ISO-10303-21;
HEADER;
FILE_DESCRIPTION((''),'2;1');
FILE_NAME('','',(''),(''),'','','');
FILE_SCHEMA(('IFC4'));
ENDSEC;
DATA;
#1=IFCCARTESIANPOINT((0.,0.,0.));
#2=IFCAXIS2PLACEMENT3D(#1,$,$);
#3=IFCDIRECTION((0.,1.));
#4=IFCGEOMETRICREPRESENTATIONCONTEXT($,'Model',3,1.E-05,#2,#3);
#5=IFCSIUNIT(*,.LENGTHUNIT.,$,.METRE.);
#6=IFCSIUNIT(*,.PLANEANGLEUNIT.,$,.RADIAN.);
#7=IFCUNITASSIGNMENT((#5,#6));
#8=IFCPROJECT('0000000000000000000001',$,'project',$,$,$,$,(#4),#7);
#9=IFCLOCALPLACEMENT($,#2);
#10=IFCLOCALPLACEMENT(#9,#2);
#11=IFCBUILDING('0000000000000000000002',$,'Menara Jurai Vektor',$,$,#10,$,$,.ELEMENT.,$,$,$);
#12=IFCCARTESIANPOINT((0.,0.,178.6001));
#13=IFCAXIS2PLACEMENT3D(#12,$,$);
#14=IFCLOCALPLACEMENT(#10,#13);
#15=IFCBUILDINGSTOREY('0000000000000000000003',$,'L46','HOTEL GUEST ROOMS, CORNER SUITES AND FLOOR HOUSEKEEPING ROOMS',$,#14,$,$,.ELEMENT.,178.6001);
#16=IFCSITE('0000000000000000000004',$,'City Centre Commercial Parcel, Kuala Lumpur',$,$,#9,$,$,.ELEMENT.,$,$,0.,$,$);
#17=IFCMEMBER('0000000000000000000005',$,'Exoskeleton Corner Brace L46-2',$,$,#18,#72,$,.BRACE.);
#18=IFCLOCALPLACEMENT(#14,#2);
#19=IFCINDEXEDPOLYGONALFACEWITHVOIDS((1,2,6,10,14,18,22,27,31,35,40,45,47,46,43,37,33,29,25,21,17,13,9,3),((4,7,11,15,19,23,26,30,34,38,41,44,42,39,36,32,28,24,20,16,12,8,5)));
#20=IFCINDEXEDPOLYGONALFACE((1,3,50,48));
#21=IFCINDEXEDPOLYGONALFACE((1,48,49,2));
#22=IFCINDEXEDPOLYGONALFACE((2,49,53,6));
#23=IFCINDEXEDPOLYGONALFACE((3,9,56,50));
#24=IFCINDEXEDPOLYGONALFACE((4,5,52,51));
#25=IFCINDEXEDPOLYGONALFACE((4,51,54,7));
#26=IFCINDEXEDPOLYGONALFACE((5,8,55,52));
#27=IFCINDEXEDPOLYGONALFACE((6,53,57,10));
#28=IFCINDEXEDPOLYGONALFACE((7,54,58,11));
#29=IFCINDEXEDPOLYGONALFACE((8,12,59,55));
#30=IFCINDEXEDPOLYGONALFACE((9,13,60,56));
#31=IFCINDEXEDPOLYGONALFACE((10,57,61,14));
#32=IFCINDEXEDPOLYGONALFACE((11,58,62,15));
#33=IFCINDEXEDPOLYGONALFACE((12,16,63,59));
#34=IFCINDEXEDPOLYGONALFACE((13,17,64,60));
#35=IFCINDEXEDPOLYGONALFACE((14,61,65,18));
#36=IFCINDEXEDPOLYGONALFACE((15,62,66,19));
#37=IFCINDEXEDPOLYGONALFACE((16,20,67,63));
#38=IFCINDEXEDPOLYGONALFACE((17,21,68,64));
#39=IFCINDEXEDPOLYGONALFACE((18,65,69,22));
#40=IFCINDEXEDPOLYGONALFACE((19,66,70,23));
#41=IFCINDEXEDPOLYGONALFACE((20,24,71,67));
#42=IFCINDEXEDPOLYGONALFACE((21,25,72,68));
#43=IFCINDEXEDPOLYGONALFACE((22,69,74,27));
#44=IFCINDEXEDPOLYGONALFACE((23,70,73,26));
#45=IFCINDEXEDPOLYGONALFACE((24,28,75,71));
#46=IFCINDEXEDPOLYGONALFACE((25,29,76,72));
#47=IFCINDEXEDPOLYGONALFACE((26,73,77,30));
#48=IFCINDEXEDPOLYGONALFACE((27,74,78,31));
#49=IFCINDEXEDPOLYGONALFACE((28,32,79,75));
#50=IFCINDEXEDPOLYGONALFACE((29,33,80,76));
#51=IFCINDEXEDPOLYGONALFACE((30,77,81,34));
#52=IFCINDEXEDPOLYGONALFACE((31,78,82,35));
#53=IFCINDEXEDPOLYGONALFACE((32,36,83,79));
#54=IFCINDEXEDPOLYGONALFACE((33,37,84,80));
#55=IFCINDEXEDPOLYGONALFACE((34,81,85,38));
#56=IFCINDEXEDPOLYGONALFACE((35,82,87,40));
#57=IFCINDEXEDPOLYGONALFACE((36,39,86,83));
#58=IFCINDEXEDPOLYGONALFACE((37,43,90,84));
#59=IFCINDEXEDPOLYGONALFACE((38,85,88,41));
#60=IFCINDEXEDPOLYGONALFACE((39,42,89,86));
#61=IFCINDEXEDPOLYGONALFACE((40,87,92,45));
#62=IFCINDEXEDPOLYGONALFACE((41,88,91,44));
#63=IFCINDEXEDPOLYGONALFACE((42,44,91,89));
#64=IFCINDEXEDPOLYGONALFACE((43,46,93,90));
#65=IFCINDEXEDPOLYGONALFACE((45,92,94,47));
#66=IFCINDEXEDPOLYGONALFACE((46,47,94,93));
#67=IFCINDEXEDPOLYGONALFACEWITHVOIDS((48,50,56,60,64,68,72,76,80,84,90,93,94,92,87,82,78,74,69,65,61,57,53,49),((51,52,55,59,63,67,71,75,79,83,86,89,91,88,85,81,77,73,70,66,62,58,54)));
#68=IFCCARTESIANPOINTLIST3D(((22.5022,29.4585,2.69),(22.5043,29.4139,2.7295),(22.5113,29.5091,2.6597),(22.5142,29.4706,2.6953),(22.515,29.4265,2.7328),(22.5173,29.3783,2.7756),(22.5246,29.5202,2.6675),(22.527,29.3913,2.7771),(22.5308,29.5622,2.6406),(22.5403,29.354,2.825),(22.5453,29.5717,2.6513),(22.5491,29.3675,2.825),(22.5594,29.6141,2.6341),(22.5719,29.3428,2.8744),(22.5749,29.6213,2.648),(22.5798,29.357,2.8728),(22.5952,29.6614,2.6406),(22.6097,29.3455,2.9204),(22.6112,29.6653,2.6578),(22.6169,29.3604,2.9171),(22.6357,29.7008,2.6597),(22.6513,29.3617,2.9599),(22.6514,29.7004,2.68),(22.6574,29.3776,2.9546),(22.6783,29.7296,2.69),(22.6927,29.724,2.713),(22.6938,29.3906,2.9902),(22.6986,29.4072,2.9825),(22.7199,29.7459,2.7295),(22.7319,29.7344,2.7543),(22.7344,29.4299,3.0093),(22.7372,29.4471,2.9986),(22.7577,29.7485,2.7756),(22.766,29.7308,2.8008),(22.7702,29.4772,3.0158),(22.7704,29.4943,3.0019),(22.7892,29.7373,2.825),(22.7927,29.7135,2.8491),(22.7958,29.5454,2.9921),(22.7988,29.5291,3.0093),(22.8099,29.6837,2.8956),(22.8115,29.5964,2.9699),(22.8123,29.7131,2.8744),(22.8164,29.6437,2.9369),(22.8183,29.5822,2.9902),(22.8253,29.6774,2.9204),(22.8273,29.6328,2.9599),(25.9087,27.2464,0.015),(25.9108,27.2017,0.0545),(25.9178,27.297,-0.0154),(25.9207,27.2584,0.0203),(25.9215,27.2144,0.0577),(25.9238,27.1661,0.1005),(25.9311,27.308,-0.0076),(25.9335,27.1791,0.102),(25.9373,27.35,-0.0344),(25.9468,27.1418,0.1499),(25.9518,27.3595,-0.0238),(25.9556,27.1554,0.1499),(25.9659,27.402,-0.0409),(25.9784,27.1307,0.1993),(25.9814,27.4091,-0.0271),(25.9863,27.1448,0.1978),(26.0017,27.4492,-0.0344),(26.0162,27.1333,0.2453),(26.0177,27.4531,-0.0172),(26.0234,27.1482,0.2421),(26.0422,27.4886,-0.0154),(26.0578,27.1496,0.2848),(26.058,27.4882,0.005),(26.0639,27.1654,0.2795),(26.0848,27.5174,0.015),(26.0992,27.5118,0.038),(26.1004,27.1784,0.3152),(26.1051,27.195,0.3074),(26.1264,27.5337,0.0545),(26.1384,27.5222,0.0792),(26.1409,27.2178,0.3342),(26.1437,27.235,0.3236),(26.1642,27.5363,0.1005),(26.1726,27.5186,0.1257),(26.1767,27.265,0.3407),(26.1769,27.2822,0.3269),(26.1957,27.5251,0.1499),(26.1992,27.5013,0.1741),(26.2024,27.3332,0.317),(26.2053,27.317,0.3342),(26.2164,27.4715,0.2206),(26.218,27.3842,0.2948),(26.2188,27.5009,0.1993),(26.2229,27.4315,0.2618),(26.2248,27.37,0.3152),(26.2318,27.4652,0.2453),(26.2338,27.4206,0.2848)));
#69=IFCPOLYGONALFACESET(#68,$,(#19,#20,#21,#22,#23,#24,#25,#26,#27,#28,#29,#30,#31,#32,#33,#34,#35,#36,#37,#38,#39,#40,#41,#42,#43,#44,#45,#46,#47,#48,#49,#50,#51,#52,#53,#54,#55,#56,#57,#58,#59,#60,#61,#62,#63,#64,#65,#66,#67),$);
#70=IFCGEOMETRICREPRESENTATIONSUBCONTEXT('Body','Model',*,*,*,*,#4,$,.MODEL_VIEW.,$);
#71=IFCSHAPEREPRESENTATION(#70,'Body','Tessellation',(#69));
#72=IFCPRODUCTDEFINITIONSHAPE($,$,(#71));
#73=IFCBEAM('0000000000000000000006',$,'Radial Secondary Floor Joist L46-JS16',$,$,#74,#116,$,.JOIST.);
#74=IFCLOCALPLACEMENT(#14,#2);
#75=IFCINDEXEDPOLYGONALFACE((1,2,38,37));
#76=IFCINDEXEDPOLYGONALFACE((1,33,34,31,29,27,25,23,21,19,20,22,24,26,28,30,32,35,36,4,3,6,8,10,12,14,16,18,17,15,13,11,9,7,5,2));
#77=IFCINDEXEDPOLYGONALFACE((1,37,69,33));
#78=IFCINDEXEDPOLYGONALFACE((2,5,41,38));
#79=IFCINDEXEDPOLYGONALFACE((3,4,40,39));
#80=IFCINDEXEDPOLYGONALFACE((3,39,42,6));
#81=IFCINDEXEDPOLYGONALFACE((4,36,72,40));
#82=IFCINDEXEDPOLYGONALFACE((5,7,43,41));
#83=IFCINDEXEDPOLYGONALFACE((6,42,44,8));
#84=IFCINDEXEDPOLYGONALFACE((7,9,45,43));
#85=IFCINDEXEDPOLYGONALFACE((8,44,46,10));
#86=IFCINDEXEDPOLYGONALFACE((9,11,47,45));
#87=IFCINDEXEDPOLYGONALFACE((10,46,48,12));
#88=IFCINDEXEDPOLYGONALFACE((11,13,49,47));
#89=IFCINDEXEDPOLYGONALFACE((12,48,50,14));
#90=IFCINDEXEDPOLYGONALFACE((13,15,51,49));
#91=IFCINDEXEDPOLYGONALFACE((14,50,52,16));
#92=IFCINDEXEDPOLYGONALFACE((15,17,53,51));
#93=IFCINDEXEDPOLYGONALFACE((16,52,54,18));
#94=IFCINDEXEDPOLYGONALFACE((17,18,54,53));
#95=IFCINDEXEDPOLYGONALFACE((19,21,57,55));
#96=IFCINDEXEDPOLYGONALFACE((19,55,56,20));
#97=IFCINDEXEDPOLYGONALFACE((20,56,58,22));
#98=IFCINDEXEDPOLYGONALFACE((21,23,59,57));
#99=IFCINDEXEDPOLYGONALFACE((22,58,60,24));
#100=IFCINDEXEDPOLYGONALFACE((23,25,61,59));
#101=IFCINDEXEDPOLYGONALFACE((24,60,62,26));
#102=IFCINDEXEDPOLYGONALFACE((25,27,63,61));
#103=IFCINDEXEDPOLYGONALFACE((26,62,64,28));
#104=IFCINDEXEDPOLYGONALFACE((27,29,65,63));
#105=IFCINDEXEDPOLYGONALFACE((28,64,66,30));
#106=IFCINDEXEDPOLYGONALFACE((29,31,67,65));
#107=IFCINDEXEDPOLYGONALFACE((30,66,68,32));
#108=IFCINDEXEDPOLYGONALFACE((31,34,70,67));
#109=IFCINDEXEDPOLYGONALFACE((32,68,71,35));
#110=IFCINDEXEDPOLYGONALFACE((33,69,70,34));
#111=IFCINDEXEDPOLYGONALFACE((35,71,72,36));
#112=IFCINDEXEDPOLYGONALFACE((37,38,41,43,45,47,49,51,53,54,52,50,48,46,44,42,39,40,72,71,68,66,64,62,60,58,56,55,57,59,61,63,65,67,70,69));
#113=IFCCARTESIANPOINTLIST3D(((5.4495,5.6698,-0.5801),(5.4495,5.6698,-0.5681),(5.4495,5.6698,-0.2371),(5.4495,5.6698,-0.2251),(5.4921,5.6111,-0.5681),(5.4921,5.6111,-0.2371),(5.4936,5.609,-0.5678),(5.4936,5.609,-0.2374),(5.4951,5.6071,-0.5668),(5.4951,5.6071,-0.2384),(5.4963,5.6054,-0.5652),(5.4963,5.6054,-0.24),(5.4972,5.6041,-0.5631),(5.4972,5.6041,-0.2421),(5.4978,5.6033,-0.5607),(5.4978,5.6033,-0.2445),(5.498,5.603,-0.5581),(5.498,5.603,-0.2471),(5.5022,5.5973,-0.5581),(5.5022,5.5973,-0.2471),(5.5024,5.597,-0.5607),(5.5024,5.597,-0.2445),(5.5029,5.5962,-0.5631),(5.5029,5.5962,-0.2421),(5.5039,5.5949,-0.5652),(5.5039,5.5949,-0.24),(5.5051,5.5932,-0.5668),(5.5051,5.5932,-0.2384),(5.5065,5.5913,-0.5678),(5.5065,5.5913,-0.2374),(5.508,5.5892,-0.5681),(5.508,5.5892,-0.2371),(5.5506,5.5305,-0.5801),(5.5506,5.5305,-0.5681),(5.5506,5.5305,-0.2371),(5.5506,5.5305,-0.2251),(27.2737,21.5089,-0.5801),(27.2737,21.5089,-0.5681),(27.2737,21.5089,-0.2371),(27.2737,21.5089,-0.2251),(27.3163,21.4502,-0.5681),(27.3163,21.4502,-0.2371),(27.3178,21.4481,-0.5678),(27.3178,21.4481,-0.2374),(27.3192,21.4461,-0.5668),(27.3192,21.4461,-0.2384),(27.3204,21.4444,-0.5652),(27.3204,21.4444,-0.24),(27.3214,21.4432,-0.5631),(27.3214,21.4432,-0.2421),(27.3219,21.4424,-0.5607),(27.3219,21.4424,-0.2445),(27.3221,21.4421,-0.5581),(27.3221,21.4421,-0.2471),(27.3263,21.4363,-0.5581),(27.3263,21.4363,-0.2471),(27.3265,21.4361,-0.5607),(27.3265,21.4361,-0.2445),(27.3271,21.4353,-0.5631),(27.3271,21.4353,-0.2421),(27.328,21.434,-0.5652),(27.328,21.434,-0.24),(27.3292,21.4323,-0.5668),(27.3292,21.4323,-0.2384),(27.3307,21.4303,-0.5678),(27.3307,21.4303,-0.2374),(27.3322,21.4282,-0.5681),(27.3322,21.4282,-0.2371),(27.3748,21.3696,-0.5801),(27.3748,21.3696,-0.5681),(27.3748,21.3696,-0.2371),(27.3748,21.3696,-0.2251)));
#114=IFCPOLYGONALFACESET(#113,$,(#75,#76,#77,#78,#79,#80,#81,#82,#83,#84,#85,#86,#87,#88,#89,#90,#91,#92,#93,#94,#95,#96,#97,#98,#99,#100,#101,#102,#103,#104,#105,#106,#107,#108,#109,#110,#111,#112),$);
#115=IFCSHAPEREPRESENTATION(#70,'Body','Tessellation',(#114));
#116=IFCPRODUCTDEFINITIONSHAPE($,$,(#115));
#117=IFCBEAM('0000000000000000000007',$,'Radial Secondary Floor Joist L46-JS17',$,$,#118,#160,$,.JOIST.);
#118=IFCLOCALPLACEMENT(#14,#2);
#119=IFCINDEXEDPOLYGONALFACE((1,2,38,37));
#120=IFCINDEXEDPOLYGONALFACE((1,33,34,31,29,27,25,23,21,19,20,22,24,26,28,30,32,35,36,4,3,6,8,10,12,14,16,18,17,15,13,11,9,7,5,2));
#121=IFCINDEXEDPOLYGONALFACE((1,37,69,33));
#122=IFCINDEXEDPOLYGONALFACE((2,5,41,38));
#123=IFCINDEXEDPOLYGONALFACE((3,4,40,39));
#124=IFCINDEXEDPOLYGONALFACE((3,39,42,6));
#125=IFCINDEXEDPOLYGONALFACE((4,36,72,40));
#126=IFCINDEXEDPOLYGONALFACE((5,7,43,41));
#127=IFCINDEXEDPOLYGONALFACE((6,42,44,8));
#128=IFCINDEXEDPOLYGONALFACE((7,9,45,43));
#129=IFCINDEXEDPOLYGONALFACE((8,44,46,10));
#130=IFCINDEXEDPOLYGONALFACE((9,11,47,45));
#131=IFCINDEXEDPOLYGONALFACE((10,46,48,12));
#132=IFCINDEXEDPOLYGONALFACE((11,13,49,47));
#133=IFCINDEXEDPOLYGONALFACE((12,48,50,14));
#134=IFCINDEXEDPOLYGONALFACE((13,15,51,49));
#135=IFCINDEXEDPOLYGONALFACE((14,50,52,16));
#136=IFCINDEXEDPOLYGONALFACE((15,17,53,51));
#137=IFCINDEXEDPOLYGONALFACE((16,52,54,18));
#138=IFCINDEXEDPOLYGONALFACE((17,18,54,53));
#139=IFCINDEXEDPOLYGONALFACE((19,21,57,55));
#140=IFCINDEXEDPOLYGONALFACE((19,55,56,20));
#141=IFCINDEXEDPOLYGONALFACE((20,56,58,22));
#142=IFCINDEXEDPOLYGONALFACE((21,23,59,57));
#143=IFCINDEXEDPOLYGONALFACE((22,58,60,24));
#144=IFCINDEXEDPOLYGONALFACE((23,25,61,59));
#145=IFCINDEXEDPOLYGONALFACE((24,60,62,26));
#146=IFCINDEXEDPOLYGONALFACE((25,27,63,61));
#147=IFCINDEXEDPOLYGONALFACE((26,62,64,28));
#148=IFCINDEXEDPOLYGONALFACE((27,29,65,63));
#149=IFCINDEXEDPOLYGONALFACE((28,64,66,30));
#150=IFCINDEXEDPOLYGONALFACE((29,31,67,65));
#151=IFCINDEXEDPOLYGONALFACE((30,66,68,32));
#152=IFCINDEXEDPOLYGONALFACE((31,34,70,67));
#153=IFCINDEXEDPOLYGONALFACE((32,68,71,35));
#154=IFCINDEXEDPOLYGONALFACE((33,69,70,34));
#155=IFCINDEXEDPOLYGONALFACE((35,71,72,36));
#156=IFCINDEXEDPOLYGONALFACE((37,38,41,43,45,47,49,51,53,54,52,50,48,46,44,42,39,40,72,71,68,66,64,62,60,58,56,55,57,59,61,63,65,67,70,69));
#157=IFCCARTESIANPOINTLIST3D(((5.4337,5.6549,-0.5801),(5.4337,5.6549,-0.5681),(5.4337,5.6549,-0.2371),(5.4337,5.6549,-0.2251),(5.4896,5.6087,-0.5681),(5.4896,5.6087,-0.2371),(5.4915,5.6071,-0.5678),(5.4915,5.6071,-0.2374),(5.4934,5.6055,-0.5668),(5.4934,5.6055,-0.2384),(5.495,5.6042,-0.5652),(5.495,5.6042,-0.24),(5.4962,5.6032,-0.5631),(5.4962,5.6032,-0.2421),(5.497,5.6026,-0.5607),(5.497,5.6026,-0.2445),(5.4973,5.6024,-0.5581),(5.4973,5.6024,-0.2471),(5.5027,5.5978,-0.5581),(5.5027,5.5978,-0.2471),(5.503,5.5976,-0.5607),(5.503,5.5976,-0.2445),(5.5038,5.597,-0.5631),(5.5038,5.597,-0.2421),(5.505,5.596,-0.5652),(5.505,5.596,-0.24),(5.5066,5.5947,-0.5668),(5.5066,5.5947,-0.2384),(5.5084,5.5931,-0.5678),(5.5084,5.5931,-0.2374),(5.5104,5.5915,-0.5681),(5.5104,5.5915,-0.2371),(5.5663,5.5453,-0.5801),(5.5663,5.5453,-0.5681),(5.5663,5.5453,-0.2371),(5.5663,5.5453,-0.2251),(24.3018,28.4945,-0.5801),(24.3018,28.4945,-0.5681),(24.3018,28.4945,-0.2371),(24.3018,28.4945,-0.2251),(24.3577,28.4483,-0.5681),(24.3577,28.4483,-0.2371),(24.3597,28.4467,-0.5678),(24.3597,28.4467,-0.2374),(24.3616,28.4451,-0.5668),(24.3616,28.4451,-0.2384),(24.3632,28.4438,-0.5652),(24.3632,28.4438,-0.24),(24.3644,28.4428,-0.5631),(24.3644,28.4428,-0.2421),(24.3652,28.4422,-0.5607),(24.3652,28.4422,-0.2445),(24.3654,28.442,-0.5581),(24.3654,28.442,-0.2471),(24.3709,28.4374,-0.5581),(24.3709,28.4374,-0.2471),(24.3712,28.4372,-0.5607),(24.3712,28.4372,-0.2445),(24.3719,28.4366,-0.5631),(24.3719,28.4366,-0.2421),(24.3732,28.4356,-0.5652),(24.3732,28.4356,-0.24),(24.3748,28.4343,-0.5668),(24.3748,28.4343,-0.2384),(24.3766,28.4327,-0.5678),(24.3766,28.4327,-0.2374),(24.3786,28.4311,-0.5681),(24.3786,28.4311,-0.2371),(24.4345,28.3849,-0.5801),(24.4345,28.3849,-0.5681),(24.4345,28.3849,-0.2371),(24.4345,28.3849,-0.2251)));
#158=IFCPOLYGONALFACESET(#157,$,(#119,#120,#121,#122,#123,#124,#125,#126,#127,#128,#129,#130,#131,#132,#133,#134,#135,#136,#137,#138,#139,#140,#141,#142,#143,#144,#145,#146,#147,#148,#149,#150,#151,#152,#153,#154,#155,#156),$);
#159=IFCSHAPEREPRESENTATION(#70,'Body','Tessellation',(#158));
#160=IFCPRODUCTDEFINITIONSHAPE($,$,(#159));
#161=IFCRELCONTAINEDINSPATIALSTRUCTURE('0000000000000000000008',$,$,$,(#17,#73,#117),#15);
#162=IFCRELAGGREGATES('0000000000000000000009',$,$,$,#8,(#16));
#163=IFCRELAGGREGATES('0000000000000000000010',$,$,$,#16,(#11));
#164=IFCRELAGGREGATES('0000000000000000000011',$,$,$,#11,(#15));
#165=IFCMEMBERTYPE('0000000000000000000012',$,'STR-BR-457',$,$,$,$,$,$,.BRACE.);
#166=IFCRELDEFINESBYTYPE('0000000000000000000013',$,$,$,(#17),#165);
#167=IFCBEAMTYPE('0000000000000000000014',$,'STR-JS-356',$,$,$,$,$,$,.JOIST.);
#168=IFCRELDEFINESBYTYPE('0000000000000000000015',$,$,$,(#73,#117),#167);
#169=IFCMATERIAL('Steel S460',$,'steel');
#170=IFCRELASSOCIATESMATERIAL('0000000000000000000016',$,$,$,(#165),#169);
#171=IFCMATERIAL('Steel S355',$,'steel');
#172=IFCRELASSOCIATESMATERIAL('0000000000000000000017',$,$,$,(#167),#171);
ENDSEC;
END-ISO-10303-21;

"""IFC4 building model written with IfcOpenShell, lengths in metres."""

from ifc_helpers import new_model, si_unit, direction, frame, origin, origin_2d, place, context, subcontext, project, spatial, hollow_circle, i_section, extrude, material, material_profile, profile_set, type_object, element, save


model = new_model("IFC4")

# Units and contexts
model_context = context("Model", 3, precision=1e-05, world=origin(), true_north=direction((0.0, 1.0)))
body_context = subcontext(model_context, "Body", "Model", "MODEL_VIEW")
ifc_project = project(units=[si_unit("LENGTHUNIT", "METRE"), si_unit("PLANEANGLEUNIT", "RADIAN")], contexts=[model_context])

# Site, building, storey
site_placement = place(None, origin())
site = spatial("IfcSite", under=ifc_project, at=site_placement, Name="City Centre Commercial Parcel, Kuala Lumpur", CompositionType="ELEMENT", RefElevation=0.0)
building_placement = place(site_placement, origin())
building = spatial("IfcBuilding", under=site, at=building_placement, Name="Menara Jurai Vektor", CompositionType="ELEMENT")
storey_placement = place(building_placement, frame((0.0, 0.0, 178.6001)))
storey = spatial("IfcBuildingStorey", under=building, at=storey_placement, Name="L46", Description="HOTEL GUEST ROOMS, CORNER SUITES AND FLOOR HOUSEKEEPING ROOMS", CompositionType="ELEMENT", Elevation=178.6001)

# Shared definitions
ifc_material_1 = material(Name="Steel S460", Category="steel")

# Shared definitions
ifc_material_2 = material(Name="Steel S355", Category="steel")

# Member
ifc_material_profile_1 = material_profile(ifc_material_1, hollow_circle(Radius=0.2285, WallThickness=0.0161, at=origin_2d()), Name="CHS 457x16")
ifc_profile_set_1 = profile_set([ifc_material_profile_1], Name="Steel S460")
member_type_1 = type_object("IfcMemberType", Name="STR-BR-457", PredefinedType="BRACE", material=ifc_profile_set_1)
member_1_placement = place(storey_placement, frame((26.0713, 27.3335, 0.1499), z_axis=(-0.700419, 0.454848, 0.550024), x_axis=(-0.544631, -0.838676, 0.0)))
element("IfcMember", 1, at=member_1_placement, inside=storey, type_object=member_type_1, Name="Exoskeleton Corner Brace L46-2", PredefinedType="BRACE", context=body_context, shape_type="SweptSolid", body=[
    extrude(hollow_circle(Radius=0.2285, WallThickness=0.0161, at=origin_2d()), origin(), (0.0, 0.0, 1.0), 4.8635),
])

# Beams
ifc_material_profile_2 = material_profile(ifc_material_2, i_section(OverallWidth=0.1721, OverallDepth=0.355, WebThickness=0.0071, FlangeThickness=0.012, FilletRadius=0.01, at=origin_2d()), Name="UKB 356x171x51")
ifc_profile_set_2 = profile_set([ifc_material_profile_2], Name="Steel S355")
beam_type_1 = type_object("IfcBeamType", Name="STR-JS-356", PredefinedType="JOIST", material=ifc_profile_set_2)
beam_1_placement = place(storey_placement, frame((27.3242, 21.4392, -0.4026), z_axis=(-0.809319, -0.58737, 0.0), x_axis=(0.58737, -0.809319, 0.0)))
element("IfcBeam", 2, at=beam_1_placement, inside=storey, type_object=beam_type_1, Name="Radial Secondary Floor Joist L46-JS16", PredefinedType="JOIST", context=body_context, shape_type="SweptSolid", body=[
    extrude(i_section(OverallWidth=0.1721, OverallDepth=0.355, WebThickness=0.0071, FlangeThickness=0.012, FilletRadius=0.01, at=origin_2d()), origin(), (0.0, 0.0, 1.0), 26.9661),
])
beam_2_placement = place(storey_placement, frame((24.3682, 28.4397, -0.4026), z_axis=(-0.636895, -0.770951, 0.0), x_axis=(0.770951, -0.636895, 0.0)))
element("IfcBeam", 3, at=beam_2_placement, inside=storey, type_object=beam_type_1, Name="Radial Secondary Floor Joist L46-JS17", PredefinedType="JOIST", context=body_context, shape_type="SweptSolid", body=[
    extrude(i_section(OverallWidth=0.1721, OverallDepth=0.355, WebThickness=0.0071, FlangeThickness=0.012, FilletRadius=0.01, at=origin_2d()), origin(), (0.0, 0.0, 1.0), 29.6252),
])

save(model, "model.ifc")
